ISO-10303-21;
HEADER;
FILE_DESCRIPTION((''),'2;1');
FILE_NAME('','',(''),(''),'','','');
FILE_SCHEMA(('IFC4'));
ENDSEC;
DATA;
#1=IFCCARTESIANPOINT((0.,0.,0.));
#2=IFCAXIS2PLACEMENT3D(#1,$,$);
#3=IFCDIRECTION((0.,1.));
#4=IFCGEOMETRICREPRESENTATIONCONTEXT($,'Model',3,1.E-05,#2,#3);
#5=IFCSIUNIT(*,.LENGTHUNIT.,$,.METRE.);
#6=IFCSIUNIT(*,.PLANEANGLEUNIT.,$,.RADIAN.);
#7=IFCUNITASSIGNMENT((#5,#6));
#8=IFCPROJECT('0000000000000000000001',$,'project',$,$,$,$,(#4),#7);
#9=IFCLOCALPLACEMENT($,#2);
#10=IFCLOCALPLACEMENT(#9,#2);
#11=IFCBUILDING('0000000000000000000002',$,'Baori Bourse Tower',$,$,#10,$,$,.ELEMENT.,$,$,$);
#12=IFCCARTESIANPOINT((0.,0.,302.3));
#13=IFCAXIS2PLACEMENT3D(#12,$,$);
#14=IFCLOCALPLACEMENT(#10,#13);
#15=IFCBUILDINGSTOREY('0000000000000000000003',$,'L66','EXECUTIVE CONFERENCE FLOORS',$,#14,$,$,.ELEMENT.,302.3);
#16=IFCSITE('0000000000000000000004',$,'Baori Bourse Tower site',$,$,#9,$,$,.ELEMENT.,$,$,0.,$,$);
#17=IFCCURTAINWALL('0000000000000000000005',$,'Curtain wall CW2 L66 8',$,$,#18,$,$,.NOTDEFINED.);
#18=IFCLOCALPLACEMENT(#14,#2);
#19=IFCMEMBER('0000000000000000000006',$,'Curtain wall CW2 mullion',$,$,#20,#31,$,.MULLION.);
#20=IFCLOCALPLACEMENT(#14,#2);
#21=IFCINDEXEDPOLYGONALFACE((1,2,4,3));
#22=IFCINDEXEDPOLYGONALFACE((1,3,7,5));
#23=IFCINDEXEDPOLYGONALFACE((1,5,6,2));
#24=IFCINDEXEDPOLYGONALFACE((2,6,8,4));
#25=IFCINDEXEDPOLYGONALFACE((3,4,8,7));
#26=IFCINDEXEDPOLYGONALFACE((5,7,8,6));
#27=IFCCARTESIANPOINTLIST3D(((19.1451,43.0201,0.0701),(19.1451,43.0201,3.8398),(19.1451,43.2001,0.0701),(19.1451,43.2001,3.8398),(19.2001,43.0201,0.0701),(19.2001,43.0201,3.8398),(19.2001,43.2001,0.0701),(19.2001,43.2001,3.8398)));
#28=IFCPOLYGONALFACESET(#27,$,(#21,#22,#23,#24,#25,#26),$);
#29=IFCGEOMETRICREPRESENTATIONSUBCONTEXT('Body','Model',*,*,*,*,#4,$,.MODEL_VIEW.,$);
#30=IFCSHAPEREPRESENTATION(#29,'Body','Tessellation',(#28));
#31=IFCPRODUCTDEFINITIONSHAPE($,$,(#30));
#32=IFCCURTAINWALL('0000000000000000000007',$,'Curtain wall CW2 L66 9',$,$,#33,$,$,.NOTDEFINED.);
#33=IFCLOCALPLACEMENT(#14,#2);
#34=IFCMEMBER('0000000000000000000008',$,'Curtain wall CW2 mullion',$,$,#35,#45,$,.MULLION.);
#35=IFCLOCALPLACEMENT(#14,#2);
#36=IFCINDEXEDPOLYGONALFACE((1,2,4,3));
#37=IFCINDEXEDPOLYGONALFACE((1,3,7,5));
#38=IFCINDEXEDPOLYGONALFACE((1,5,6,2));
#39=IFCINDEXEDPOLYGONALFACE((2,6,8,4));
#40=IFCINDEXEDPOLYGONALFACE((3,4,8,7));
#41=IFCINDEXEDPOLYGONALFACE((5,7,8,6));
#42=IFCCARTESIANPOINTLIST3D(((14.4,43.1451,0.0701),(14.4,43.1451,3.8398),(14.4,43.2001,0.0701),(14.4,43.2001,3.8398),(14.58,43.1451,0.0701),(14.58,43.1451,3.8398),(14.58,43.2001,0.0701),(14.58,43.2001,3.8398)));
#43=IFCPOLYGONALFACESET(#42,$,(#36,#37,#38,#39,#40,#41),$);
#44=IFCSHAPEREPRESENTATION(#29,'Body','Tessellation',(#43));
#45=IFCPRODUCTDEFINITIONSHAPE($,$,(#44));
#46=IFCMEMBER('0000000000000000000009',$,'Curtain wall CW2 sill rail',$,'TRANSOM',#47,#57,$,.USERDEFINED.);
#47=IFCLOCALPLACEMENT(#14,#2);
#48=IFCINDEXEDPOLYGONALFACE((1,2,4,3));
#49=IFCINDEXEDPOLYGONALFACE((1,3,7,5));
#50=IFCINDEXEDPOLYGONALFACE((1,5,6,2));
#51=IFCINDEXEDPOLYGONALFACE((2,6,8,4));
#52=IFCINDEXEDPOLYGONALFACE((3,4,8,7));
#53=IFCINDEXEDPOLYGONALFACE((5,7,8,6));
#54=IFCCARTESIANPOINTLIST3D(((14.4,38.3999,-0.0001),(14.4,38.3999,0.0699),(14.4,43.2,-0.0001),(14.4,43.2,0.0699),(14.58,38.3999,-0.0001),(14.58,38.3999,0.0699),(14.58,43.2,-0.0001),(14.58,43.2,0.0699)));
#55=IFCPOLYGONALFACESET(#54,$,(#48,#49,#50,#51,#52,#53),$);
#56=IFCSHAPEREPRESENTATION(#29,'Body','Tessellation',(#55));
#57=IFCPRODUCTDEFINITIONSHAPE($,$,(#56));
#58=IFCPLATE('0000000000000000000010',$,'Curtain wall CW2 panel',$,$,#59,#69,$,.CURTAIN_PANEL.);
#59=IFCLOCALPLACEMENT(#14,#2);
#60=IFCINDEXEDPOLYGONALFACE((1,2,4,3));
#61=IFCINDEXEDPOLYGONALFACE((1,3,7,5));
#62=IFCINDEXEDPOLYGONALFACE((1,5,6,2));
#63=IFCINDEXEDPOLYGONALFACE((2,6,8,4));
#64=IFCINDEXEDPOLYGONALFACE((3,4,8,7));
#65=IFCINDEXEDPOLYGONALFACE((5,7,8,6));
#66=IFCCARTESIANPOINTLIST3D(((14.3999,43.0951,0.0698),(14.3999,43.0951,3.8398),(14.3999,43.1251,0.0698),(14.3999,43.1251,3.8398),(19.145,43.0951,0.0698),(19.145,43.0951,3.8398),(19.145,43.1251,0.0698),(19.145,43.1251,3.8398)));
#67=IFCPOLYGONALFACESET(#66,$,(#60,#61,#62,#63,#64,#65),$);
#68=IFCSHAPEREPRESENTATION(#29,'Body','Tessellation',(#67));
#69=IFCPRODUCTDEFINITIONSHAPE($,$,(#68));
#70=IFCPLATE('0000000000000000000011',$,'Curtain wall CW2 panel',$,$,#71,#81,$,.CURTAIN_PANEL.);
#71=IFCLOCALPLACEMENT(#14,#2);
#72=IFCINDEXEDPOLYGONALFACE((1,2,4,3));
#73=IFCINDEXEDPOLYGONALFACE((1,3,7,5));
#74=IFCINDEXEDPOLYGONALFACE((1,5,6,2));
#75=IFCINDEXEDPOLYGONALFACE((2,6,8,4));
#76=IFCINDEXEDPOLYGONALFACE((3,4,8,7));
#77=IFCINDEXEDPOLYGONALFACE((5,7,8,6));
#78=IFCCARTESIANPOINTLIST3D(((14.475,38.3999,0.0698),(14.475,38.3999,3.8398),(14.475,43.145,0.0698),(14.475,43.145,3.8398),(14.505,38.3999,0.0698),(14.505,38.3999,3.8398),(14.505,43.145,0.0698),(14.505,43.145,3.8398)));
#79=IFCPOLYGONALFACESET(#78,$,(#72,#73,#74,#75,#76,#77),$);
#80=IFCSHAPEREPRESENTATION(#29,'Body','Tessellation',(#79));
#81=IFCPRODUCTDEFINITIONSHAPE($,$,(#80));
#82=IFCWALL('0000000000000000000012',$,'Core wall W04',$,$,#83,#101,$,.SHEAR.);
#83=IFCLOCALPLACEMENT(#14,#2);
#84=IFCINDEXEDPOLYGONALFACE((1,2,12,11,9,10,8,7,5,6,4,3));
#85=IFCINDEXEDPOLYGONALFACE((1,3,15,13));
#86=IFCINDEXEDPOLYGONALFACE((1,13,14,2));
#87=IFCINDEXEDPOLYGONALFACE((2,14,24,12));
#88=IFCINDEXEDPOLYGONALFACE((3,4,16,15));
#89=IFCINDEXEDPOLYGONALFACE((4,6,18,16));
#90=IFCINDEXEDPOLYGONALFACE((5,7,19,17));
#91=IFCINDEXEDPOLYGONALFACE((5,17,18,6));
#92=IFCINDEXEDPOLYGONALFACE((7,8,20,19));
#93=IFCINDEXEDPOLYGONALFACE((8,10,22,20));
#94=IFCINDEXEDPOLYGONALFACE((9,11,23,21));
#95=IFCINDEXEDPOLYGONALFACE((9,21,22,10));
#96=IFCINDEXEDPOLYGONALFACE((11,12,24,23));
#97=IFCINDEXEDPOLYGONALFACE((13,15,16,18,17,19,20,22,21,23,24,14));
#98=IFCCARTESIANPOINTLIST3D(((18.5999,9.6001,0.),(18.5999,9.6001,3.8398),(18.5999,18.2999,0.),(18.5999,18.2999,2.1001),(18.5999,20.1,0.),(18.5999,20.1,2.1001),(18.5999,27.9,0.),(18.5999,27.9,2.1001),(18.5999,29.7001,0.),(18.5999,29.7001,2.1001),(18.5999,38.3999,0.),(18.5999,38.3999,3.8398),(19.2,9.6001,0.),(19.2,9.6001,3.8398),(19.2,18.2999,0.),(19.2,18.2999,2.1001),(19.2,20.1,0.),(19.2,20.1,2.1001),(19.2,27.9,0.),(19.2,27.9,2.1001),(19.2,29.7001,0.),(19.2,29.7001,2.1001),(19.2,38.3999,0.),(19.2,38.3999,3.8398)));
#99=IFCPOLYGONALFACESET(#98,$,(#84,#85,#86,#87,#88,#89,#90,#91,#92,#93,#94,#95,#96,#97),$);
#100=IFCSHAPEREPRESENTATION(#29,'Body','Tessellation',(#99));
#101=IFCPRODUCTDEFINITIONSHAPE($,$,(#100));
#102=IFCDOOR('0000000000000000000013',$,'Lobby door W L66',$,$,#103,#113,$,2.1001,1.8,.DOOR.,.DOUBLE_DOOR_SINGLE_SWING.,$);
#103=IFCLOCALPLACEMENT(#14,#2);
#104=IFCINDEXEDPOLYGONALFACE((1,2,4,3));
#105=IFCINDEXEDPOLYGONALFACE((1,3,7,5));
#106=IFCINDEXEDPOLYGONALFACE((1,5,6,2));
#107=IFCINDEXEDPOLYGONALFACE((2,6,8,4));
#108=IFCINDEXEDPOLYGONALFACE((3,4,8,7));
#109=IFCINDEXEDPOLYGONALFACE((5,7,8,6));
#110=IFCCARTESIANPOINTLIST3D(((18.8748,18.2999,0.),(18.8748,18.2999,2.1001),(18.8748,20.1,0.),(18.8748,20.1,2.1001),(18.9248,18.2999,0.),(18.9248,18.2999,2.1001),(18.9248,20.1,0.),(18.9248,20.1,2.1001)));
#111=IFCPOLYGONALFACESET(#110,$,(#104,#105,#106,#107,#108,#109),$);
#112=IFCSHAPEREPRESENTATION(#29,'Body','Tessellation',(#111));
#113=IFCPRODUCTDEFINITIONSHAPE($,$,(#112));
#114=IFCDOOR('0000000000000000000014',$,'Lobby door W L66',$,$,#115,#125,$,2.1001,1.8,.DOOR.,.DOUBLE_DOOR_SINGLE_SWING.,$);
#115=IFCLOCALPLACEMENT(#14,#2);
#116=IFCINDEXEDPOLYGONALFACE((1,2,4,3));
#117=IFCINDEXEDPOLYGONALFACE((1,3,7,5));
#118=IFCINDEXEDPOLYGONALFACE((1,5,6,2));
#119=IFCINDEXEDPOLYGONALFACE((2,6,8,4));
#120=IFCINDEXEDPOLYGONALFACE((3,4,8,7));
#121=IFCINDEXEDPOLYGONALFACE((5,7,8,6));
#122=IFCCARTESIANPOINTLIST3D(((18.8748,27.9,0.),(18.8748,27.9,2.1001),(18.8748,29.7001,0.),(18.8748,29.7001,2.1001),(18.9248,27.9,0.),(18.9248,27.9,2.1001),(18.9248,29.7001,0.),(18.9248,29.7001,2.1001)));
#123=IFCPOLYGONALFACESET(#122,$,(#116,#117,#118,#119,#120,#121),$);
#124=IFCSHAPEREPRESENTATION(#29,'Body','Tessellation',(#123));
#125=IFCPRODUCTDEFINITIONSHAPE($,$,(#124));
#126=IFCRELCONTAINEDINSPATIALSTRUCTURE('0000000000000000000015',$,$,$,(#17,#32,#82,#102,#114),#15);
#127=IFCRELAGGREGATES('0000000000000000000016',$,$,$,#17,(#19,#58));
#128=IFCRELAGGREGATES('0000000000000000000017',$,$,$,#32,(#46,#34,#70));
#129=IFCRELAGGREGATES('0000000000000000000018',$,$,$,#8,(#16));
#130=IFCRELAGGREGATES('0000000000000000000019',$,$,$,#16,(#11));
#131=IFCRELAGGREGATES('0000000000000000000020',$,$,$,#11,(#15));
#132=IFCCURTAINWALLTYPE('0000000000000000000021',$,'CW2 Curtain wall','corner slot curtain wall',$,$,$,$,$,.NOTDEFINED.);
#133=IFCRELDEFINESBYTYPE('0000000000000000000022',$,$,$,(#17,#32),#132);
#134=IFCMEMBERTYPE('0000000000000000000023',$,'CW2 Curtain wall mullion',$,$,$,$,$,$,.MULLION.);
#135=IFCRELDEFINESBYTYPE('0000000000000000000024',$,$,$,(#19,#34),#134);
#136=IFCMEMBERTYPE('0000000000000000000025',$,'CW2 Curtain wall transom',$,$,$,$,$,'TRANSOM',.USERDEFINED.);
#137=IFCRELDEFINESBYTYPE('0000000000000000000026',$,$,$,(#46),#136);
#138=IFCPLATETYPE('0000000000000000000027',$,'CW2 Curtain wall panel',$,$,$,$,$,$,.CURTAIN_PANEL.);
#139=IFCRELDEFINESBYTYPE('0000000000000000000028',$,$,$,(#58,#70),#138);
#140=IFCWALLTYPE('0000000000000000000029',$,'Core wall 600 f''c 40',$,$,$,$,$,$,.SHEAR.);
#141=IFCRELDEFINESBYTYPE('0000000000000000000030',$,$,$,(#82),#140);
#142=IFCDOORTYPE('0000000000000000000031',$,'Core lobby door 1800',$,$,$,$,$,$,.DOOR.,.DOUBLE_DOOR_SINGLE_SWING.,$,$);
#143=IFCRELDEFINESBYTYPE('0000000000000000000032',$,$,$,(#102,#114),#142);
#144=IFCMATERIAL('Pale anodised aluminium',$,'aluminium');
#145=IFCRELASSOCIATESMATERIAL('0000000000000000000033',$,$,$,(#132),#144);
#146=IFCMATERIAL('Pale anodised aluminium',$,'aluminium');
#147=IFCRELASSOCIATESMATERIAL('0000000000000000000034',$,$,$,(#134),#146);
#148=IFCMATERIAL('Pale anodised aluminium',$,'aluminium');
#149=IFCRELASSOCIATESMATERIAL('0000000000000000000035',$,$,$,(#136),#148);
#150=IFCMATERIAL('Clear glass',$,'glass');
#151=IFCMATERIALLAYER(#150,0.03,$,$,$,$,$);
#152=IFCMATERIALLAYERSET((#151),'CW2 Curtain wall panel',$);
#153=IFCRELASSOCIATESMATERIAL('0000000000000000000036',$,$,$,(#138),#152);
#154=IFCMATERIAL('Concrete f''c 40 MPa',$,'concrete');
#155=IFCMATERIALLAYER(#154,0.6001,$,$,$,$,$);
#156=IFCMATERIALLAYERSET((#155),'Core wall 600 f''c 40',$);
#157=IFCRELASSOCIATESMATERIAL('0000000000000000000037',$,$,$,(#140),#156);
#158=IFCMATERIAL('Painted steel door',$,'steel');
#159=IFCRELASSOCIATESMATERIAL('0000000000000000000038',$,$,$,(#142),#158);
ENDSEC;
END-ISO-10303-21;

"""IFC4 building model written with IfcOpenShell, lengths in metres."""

from ifc_helpers import new_model, si_unit, direction, frame, frame_2d, origin, origin_2d, place, context, subcontext, project, spatial, rectangle, extrude, material, layer, layer_set, material_profile, profile_set, type_object, element, fill, aggregate, save


model = new_model("IFC4")

# Units and contexts
model_context = context("Model", 3, precision=1e-05, world=origin(), true_north=direction((0.0, 1.0)))
body_context = subcontext(model_context, "Body", "Model", "MODEL_VIEW")
ifc_project = project(units=[si_unit("LENGTHUNIT", "METRE"), si_unit("PLANEANGLEUNIT", "RADIAN")], contexts=[model_context])

# Site, building, storey
site_placement = place(None, origin())
site = spatial("IfcSite", under=ifc_project, at=site_placement, Name="Baori Bourse Tower site", CompositionType="ELEMENT", RefElevation=0.0)
building_placement = place(site_placement, origin())
building = spatial("IfcBuilding", under=site, at=building_placement, Name="Baori Bourse Tower", CompositionType="ELEMENT")
storey_placement = place(building_placement, frame((0.0, 0.0, 302.3)))
storey = spatial("IfcBuildingStorey", under=building, at=storey_placement, Name="L66", Description="EXECUTIVE CONFERENCE FLOORS", CompositionType="ELEMENT", Elevation=302.3)

# Curtain wall, member
ifc_material_1 = material(Name="Pale anodised aluminium", Category="aluminium")
curtain_wall_type = type_object("IfcCurtainWallType", Name="CW2 Curtain wall", Description="corner slot curtain wall", PredefinedType="NOTDEFINED", material=ifc_material_1)
curtain_wall_1_placement = place(storey_placement, origin())
curtain_wall_1 = element("IfcCurtainWall", 1, at=curtain_wall_1_placement, inside=storey, type_object=curtain_wall_type, Name="Curtain wall CW2 L66 8", PredefinedType="NOTDEFINED")
ifc_material_2 = material(Name="Pale anodised aluminium", Category="aluminium")
ifc_material_profile_1 = material_profile(ifc_material_2, rectangle(XDim=0.1799, YDim=0.0549, at=origin_2d()), Name="Mullion 55x180")
ifc_profile_set_1 = profile_set([ifc_material_profile_1], Name="Pale anodised aluminium")
member_type_1 = type_object("IfcMemberType", Name="CW2 Curtain wall mullion", PredefinedType="MULLION", material=ifc_profile_set_1)
member_1_placement = place(storey_placement, frame((19.1726, 43.1101, 0.0701), z_axis=(0.0, 0.0, 1.0), x_axis=(0.0, -1.0, 0.0)))
member_1 = element("IfcMember", 2, at=member_1_placement, type_object=member_type_1, Name="Curtain wall CW2 mullion", PredefinedType="MULLION", context=body_context, shape_type="SweptSolid", body=[
    extrude(rectangle(XDim=0.1799, YDim=0.0549, at=origin_2d()), origin(), (0.0, 0.0, 1.0), 3.7698),
])

# Curtain wall, members
curtain_wall_2_placement = place(storey_placement, origin())
curtain_wall_2 = element("IfcCurtainWall", 3, at=curtain_wall_2_placement, inside=storey, type_object=curtain_wall_type, Name="Curtain wall CW2 L66 9", PredefinedType="NOTDEFINED")
member_2_placement = place(storey_placement, frame((14.49, 43.1726, 0.0701), z_axis=(0.0, 0.0, 1.0), x_axis=(1.0, 0.0, 0.0)))
member_2 = element("IfcMember", 4, at=member_2_placement, type_object=member_type_1, Name="Curtain wall CW2 mullion", PredefinedType="MULLION", context=body_context, shape_type="SweptSolid", body=[
    extrude(rectangle(XDim=0.1799, YDim=0.0549, at=origin_2d()), origin(), (0.0, 0.0, 1.0), 3.7698),
])
ifc_material_3 = material(Name="Pale anodised aluminium", Category="aluminium")
ifc_material_profile_2 = material_profile(ifc_material_3, rectangle(XDim=0.1799, YDim=0.0701, at=origin_2d()), Name="Transom 70x180")
ifc_profile_set_2 = profile_set([ifc_material_profile_2], Name="Pale anodised aluminium")
member_type_2 = type_object("IfcMemberType", Name="CW2 Curtain wall transom", ElementType="TRANSOM", PredefinedType="USERDEFINED", material=ifc_profile_set_2)
member_3_placement = place(storey_placement, frame((14.49, 43.2, 0.0349), z_axis=(0.0, -1.0, 0.0), x_axis=(1.0, 0.0, 0.0)))
member_3 = element("IfcMember", 5, at=member_3_placement, type_object=member_type_2, Name="Curtain wall CW2 sill rail", ObjectType="TRANSOM", PredefinedType="USERDEFINED", context=body_context, shape_type="SweptSolid", body=[
    extrude(rectangle(XDim=0.1799, YDim=0.0701, at=origin_2d()), origin(), (0.0, 0.0, 1.0), 4.8),
])

# Plates
ifc_material_4 = material(Name="Clear glass", Category="glass")
ifc_layer_1 = layer(ifc_material_4, 0.03)
ifc_layer_set_1 = layer_set([ifc_layer_1], Name="CW2 Curtain wall panel")
plate_type = type_object("IfcPlateType", Name="CW2 Curtain wall panel", PredefinedType="CURTAIN_PANEL", material=ifc_layer_set_1)
plate_1_placement = place(storey_placement, frame((16.7725, 43.1101, 0.0698), z_axis=(0.0, 0.0, 1.0), x_axis=(-1.0, 0.0, 0.0)))
plate_1 = element("IfcPlate", 6, at=plate_1_placement, type_object=plate_type, Name="Curtain wall CW2 panel", PredefinedType="CURTAIN_PANEL", context=body_context, shape_type="SweptSolid", body=[
    extrude(rectangle(XDim=4.7451, YDim=0.03, at=origin_2d()), origin(), (0.0, 0.0, 1.0), 3.77),
])
aggregate(curtain_wall_1, [member_1, plate_1])
plate_2_placement = place(storey_placement, frame((14.49, 40.7725, 0.0698), z_axis=(0.0, 0.0, 1.0), x_axis=(0.0, -1.0, 0.0)))
plate_2 = element("IfcPlate", 7, at=plate_2_placement, type_object=plate_type, Name="Curtain wall CW2 panel", PredefinedType="CURTAIN_PANEL", context=body_context, shape_type="SweptSolid", body=[
    extrude(rectangle(XDim=4.7451, YDim=0.03, at=origin_2d()), origin(), (0.0, 0.0, 1.0), 3.77),
])
aggregate(curtain_wall_2, [member_3, member_2, plate_2])

# Wall, openings, doors
ifc_material_5 = material(Name="Concrete f'c 40 MPa", Category="concrete")
ifc_layer_2 = layer(ifc_material_5, 0.6001)
ifc_layer_set_2 = layer_set([ifc_layer_2], Name="Core wall 600 f'c 40")
wall_type_1 = type_object("IfcWallType", Name="Core wall 600 f'c 40", PredefinedType="SHEAR", material=ifc_layer_set_2)
wall_1_placement = place(storey_placement, frame((18.8999, 38.3999, 0.0), z_axis=(0.0, 0.0, 1.0), x_axis=(0.0, -1.0, 0.0)))
wall_1 = element("IfcWall", 8, at=wall_1_placement, inside=storey, type_object=wall_type_1, Name="Core wall W04", PredefinedType="SHEAR", context=body_context, shape_type="SweptSolid", body=[
    extrude(rectangle(XDim=28.7998, YDim=0.6001, at=frame_2d((14.3999, 0.0))), origin(), (0.0, 0.0, 1.0), 3.8398),
])
opening_1_placement = place(wall_1_placement, frame((18.3, 0.0, 0.0)))
opening_1 = element("IfcOpeningElement", 9, at=opening_1_placement, cuts=wall_1, PredefinedType="OPENING", context=body_context, shape_type="SweptSolid", body=[
    extrude(rectangle(XDim=1.8, YDim=2.1001, at=frame_2d((0.8999, 1.05))), frame((0.0, 0.3101, 0.0), z_axis=(0.0, -1.0, 0.0), x_axis=(1.0, 0.0, 0.0)), (0.0, 0.0, 1.0), 0.6201),
])
opening_2_placement = place(wall_1_placement, frame((8.7, 0.0, 0.0)))
opening_2 = element("IfcOpeningElement", 10, at=opening_2_placement, cuts=wall_1, PredefinedType="OPENING", context=body_context, shape_type="SweptSolid", body=[
    extrude(rectangle(XDim=1.8, YDim=2.1001, at=frame_2d((0.8999, 1.05))), frame((0.0, 0.3101, 0.0), z_axis=(0.0, -1.0, 0.0), x_axis=(1.0, 0.0, 0.0)), (0.0, 0.0, 1.0), 0.6201),
])
ifc_material_6 = material(Name="Painted steel door", Category="steel")
door_type_1 = type_object("IfcDoorType", Name="Core lobby door 1800", OperationType="DOUBLE_DOOR_SINGLE_SWING", PredefinedType="DOOR", material=ifc_material_6)
door_1_placement = place(opening_1_placement, origin())
door_1 = element("IfcDoor", 11, at=door_1_placement, inside=storey, type_object=door_type_1, Name="Lobby door W L66", OperationType="DOUBLE_DOOR_SINGLE_SWING", OverallHeight=2.1001, OverallWidth=1.8, PredefinedType="DOOR", context=body_context, shape_type="SweptSolid", body=[
    extrude(rectangle(XDim=1.8, YDim=2.1001, at=frame_2d((0.8999, 1.05))), frame((0.0, 0.0249, 0.0), z_axis=(0.0, -1.0, 0.0), x_axis=(1.0, 0.0, 0.0)), (0.0, 0.0, 1.0), 0.05),
])
fill(opening_1, door_1)
door_2_placement = place(opening_2_placement, origin())
door_2 = element("IfcDoor", 12, at=door_2_placement, inside=storey, type_object=door_type_1, Name="Lobby door W L66", OperationType="DOUBLE_DOOR_SINGLE_SWING", OverallHeight=2.1001, OverallWidth=1.8, PredefinedType="DOOR", context=body_context, shape_type="SweptSolid", body=[
    extrude(rectangle(XDim=1.8, YDim=2.1001, at=frame_2d((0.8999, 1.05))), frame((0.0, 0.0249, 0.0), z_axis=(0.0, -1.0, 0.0), x_axis=(1.0, 0.0, 0.0)), (0.0, 0.0, 1.0), 0.05),
])
fill(opening_2, door_2)

save(model, "model.ifc")
